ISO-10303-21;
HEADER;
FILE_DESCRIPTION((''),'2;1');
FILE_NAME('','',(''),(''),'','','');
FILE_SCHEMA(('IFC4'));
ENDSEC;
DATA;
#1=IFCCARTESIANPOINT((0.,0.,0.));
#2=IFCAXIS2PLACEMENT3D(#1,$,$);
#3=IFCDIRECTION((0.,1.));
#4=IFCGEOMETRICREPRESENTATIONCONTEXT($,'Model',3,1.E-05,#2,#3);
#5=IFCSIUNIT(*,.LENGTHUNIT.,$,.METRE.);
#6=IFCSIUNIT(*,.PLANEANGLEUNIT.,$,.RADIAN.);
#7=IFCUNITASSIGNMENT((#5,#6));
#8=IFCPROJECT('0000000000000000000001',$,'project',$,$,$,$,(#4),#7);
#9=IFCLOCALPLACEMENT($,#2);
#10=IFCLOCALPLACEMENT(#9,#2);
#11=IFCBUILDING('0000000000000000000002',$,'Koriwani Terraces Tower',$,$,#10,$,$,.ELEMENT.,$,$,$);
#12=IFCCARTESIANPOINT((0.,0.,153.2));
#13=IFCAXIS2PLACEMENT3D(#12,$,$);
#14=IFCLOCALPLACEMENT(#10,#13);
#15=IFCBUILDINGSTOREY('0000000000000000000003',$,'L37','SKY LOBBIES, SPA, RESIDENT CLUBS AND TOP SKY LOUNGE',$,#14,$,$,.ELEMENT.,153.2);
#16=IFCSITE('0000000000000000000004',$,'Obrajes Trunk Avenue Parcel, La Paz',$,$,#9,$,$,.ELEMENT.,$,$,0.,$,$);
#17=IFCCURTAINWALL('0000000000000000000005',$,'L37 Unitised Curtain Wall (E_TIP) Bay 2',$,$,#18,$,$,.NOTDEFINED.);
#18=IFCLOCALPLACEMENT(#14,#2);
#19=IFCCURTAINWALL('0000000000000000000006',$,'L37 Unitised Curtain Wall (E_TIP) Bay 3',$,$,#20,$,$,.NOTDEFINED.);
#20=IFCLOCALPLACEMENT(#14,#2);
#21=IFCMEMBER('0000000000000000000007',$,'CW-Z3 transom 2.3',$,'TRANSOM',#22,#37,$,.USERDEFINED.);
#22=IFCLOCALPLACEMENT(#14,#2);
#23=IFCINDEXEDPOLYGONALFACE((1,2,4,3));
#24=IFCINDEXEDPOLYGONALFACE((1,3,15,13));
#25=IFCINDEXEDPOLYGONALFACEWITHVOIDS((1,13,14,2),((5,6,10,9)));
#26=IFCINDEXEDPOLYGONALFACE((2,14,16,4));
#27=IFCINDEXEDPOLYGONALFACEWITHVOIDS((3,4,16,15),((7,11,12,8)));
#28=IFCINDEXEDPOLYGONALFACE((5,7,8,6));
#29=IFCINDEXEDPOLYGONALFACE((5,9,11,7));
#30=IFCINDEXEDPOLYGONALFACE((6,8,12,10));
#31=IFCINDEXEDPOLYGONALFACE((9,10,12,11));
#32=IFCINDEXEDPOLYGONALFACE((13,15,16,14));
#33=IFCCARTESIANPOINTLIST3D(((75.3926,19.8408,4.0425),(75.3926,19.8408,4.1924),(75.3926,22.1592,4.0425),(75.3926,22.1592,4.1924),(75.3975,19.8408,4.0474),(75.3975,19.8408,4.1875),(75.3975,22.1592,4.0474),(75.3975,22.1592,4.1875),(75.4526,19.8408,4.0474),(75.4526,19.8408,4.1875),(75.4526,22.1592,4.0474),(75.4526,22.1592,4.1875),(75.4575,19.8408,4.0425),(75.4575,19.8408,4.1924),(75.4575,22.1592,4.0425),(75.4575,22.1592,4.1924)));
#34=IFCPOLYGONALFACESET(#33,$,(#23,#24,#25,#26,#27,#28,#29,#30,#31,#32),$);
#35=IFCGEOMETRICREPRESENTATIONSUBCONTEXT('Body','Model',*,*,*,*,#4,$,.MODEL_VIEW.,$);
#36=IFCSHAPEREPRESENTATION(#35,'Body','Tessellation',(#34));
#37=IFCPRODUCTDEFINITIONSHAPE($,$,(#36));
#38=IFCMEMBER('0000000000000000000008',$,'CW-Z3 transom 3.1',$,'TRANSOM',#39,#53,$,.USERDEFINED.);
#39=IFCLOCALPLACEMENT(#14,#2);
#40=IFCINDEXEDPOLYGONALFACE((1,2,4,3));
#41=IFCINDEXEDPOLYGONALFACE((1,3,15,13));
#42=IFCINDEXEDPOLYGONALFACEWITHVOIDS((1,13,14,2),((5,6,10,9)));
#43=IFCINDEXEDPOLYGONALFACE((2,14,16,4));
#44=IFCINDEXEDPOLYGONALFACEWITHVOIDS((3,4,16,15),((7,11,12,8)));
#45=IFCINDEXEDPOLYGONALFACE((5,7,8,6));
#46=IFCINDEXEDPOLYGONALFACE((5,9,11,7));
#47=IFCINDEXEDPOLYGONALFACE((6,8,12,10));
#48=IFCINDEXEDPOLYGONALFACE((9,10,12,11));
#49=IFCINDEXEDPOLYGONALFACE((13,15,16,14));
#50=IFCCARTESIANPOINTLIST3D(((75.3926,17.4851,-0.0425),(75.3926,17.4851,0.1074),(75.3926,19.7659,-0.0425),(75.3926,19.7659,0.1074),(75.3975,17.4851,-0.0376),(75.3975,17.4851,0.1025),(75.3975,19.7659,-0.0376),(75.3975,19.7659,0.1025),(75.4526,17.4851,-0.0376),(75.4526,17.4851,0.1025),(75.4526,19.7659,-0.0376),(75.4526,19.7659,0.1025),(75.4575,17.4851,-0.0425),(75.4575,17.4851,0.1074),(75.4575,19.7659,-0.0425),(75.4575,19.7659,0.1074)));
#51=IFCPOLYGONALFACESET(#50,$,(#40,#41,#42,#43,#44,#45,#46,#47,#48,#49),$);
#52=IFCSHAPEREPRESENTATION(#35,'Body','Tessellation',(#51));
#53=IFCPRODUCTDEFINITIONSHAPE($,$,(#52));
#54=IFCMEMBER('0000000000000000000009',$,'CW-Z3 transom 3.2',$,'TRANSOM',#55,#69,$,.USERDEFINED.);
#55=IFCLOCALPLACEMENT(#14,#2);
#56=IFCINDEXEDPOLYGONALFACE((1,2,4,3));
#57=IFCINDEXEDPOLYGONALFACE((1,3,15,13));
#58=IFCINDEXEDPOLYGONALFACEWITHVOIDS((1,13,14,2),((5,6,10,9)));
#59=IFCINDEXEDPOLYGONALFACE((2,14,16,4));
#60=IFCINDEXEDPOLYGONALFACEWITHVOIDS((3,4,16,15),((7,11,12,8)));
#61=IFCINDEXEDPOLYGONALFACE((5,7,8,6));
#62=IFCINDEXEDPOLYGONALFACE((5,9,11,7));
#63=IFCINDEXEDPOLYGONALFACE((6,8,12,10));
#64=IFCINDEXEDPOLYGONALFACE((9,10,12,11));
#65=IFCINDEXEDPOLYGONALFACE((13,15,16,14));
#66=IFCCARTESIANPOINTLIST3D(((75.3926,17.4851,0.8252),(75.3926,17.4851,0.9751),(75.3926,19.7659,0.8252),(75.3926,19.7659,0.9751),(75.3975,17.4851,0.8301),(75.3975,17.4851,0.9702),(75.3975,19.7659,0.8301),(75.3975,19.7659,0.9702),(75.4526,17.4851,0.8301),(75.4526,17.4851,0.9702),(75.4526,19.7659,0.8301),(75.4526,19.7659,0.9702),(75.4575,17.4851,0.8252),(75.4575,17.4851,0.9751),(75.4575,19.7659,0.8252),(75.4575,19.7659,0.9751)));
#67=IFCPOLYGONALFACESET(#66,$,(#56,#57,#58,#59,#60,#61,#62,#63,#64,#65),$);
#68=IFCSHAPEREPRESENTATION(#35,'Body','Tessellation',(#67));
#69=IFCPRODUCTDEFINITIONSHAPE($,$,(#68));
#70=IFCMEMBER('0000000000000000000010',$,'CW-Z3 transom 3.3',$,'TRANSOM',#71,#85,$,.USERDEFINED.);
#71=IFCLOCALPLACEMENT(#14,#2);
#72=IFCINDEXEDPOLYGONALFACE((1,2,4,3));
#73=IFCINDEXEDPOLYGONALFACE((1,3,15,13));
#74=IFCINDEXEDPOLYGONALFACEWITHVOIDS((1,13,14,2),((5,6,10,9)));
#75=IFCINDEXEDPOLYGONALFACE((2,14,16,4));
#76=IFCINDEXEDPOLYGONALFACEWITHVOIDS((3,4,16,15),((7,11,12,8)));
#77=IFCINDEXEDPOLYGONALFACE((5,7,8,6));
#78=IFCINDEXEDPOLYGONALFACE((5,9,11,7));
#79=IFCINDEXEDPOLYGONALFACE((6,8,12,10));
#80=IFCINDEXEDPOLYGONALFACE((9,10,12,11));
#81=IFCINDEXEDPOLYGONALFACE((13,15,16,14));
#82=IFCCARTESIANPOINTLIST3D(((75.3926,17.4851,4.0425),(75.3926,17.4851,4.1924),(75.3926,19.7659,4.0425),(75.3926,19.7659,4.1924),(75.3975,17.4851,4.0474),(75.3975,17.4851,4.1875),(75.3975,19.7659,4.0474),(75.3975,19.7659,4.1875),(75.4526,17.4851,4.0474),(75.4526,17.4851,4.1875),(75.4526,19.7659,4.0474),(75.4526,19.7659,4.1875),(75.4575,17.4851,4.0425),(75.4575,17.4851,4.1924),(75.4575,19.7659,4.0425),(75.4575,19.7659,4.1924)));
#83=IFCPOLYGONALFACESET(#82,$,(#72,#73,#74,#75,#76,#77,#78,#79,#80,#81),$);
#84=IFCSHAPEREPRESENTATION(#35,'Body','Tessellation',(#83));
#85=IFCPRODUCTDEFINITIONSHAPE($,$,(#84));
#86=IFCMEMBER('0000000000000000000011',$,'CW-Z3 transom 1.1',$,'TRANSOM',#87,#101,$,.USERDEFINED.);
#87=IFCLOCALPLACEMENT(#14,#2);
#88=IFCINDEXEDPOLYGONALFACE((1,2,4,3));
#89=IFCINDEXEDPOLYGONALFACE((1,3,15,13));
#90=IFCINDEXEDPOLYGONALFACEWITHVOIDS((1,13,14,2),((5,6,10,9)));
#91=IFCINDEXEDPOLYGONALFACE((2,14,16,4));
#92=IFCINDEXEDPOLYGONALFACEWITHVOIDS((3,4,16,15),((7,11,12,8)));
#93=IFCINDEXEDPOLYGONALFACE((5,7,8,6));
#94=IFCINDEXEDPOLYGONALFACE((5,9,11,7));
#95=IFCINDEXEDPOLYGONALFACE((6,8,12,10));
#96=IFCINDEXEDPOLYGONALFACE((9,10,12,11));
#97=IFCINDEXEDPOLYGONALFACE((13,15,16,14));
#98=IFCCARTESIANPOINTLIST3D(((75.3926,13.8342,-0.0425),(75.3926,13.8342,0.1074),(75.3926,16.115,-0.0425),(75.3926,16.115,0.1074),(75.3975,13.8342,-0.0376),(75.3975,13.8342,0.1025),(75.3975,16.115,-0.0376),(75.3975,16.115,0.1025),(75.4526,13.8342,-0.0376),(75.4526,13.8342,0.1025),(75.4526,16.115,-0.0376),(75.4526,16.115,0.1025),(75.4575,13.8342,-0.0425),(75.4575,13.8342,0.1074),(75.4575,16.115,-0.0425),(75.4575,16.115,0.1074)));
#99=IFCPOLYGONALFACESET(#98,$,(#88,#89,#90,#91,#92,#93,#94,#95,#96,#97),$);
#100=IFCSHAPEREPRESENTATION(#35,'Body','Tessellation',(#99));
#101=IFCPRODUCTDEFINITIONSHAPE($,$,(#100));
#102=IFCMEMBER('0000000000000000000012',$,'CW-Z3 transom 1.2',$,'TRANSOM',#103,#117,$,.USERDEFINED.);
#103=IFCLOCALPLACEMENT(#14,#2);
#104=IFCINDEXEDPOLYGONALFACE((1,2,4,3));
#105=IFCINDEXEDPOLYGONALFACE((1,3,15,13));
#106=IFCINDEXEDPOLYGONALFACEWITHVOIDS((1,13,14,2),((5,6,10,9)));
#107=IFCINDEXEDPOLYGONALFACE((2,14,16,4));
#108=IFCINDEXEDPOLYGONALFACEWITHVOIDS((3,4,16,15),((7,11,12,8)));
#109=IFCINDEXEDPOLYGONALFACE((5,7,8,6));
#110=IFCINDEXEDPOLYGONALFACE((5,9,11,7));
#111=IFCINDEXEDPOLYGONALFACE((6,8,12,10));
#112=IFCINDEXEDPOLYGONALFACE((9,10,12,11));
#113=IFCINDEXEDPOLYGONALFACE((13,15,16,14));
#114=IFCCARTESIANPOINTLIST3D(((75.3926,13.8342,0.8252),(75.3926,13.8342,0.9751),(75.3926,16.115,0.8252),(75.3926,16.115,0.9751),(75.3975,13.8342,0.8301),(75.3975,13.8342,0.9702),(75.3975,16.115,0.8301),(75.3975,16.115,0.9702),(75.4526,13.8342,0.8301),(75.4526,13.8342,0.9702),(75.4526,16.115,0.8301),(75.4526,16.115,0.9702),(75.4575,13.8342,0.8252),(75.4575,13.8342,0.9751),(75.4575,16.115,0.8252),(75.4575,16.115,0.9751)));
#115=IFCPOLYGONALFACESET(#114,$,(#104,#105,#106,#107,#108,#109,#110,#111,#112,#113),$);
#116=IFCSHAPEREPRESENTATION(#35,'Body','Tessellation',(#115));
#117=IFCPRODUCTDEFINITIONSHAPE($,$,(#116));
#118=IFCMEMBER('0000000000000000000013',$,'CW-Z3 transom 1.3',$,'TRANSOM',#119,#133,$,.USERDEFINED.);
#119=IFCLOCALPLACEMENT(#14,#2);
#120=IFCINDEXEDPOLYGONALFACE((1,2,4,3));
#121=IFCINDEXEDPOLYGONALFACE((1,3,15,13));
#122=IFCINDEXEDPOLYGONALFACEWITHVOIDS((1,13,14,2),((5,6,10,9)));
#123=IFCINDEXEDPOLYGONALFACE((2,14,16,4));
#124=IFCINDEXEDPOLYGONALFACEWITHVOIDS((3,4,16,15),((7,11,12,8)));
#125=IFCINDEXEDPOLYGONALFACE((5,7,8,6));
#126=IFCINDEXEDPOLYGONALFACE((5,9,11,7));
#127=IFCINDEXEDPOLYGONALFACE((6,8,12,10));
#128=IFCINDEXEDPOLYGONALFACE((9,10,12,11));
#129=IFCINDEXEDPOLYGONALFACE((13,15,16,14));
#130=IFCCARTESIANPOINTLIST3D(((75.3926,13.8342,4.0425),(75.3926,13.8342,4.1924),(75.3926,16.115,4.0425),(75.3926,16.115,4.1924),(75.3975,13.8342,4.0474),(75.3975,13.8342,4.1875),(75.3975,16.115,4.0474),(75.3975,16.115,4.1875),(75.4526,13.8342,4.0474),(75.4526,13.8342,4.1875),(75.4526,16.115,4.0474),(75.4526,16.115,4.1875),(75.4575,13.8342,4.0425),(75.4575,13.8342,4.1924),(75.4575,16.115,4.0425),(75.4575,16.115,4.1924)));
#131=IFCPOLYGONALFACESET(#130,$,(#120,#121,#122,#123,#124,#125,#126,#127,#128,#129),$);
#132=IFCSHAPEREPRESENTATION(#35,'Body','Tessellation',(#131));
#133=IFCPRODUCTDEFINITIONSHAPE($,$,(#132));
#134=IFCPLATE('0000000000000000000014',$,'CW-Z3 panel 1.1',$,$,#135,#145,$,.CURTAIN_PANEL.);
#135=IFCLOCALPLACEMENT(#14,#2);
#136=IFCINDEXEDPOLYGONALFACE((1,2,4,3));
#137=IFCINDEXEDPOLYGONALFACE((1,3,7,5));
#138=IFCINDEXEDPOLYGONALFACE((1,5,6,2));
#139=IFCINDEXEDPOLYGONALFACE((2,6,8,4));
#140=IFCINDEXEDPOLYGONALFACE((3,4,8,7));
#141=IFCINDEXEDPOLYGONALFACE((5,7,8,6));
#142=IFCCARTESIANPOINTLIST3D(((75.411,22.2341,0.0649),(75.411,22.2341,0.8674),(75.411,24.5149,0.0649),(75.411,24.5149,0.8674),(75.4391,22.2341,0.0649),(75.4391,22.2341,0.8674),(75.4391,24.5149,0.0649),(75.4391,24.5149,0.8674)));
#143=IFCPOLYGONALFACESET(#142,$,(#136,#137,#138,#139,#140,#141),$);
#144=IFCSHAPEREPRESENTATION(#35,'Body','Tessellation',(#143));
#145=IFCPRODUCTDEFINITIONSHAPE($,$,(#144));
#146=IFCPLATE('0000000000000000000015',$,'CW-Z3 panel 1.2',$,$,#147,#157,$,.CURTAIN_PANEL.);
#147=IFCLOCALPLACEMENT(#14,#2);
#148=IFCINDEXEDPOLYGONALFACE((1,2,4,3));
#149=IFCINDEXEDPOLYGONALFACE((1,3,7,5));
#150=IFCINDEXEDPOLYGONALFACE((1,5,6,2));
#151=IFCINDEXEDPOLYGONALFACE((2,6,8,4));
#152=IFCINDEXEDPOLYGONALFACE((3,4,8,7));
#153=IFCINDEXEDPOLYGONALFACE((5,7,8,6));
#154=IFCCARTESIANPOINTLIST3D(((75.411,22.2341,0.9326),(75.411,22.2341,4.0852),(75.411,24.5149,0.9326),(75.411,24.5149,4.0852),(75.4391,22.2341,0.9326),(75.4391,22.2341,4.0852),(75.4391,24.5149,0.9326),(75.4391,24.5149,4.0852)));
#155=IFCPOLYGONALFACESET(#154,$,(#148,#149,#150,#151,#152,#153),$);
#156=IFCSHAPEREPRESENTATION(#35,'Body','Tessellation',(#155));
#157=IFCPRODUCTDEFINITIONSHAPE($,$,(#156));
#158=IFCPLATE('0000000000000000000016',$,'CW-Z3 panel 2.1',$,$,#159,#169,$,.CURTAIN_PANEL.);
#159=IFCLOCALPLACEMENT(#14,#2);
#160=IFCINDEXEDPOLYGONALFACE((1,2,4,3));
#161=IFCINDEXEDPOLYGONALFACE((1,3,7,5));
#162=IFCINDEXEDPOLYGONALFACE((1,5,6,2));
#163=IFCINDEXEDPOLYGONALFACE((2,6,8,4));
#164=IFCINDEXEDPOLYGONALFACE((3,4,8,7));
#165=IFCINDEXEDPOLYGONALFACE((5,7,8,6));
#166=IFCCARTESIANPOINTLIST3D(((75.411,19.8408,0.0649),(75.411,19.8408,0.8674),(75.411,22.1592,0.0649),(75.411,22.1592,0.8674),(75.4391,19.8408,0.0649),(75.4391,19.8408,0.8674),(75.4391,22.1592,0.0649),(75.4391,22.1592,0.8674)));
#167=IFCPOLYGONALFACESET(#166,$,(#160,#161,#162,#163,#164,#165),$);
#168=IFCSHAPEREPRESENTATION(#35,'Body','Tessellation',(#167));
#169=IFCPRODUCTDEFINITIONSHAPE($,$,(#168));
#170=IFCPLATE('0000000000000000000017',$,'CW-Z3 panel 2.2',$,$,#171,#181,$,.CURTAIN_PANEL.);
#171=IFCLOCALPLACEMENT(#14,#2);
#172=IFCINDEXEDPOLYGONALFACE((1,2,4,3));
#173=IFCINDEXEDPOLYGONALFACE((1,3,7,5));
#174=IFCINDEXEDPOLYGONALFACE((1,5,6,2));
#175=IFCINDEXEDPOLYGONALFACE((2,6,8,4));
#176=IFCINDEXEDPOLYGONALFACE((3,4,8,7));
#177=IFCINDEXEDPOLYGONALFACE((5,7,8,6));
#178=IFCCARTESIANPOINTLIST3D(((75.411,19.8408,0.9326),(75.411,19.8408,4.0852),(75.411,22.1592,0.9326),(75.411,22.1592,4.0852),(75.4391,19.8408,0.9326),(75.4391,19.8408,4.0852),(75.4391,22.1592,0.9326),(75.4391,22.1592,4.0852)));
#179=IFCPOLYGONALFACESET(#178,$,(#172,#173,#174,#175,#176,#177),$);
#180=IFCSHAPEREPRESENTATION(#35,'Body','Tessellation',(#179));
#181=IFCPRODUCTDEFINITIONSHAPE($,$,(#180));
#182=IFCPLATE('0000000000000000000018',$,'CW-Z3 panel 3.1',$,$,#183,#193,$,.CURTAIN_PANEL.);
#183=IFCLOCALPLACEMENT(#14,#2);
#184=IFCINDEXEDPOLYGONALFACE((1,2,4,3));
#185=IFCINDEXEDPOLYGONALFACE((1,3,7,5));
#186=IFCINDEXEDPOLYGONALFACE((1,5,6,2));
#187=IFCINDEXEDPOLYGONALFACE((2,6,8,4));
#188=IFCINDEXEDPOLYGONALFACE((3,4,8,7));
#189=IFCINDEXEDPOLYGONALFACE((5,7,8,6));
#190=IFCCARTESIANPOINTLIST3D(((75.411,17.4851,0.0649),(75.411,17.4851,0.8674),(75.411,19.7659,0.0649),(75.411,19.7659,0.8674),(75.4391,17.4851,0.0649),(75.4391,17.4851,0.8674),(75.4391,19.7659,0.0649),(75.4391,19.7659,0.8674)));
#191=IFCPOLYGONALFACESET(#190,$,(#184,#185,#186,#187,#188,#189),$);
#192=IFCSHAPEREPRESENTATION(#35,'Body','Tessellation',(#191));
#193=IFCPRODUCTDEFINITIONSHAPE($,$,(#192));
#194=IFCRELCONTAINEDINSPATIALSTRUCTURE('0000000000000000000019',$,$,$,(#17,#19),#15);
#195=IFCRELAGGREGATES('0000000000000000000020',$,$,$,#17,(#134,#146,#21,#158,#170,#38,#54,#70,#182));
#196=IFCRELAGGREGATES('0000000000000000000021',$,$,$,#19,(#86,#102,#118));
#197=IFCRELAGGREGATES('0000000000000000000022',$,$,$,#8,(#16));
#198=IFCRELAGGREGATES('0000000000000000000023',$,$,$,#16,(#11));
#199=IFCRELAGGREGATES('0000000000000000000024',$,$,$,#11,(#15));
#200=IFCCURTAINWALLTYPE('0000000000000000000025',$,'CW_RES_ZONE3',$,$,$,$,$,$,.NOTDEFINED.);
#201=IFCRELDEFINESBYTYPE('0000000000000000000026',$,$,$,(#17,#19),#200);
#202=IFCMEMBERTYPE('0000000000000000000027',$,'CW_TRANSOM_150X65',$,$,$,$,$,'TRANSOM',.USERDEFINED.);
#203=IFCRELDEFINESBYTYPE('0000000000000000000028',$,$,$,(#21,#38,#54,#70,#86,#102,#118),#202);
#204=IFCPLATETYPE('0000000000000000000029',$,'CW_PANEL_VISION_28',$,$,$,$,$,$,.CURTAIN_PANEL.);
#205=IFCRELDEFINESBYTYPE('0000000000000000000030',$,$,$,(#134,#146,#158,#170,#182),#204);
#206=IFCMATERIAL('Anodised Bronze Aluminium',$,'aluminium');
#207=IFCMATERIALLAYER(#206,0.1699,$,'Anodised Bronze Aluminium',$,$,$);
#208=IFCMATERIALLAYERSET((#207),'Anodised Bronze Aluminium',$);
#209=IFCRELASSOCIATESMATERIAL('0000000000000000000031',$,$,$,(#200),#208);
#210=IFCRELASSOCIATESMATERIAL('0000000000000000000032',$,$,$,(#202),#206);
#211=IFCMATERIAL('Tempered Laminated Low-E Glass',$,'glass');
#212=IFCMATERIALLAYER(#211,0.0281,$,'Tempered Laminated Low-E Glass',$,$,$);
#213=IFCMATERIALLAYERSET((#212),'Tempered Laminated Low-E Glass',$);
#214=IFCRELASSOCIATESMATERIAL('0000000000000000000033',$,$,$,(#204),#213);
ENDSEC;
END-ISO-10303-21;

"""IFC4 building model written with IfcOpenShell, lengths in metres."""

from ifc_helpers import new_model, si_unit, direction, frame, origin, origin_2d, place, context, subcontext, project, spatial, rectangle, hollow_rectangle, extrude, material, layer, layer_set, material_profile, profile_set, type_object, element, aggregate, save


model = new_model("IFC4")

# Units and contexts
model_context = context("Model", 3, precision=1e-05, world=origin(), true_north=direction((0.0, 1.0)))
body_context = subcontext(model_context, "Body", "Model", "MODEL_VIEW")
ifc_project = project(units=[si_unit("LENGTHUNIT", "METRE"), si_unit("PLANEANGLEUNIT", "RADIAN")], contexts=[model_context])

# Site, building, storey
site_placement = place(None, origin())
site = spatial("IfcSite", under=ifc_project, at=site_placement, Name="Obrajes Trunk Avenue Parcel, La Paz", CompositionType="ELEMENT", RefElevation=0.0)
building_placement = place(site_placement, origin())
building = spatial("IfcBuilding", under=site, at=building_placement, Name="Koriwani Terraces Tower", CompositionType="ELEMENT")
storey_placement = place(building_placement, frame((0.0, 0.0, 153.2)))
storey = spatial("IfcBuildingStorey", under=building, at=storey_placement, Name="L37", Description="SKY LOBBIES, SPA, RESIDENT CLUBS AND TOP SKY LOUNGE", CompositionType="ELEMENT", Elevation=153.2)

# Curtain wall
ifc_material_1 = material(Name="Anodised Bronze Aluminium", Category="aluminium")
ifc_layer_1 = layer(ifc_material_1, 0.1699, Name="Anodised Bronze Aluminium")
ifc_layer_set_1 = layer_set([ifc_layer_1], Name="Anodised Bronze Aluminium")
curtain_wall_type = type_object("IfcCurtainWallType", Name="CW_RES_ZONE3", PredefinedType="NOTDEFINED", material=ifc_layer_set_1)
curtain_wall_1_placement = place(storey_placement, origin())
curtain_wall_1 = element("IfcCurtainWall", 1, at=curtain_wall_1_placement, inside=storey, type_object=curtain_wall_type, Name="L37 Unitised Curtain Wall (E_TIP) Bay 2", PredefinedType="NOTDEFINED")

# Curtain wall
curtain_wall_2_placement = place(storey_placement, origin())
curtain_wall_2 = element("IfcCurtainWall", 2, at=curtain_wall_2_placement, inside=storey, type_object=curtain_wall_type, Name="L37 Unitised Curtain Wall (E_TIP) Bay 3", PredefinedType="NOTDEFINED")

# Members
ifc_material_profile_1 = material_profile(ifc_material_1, hollow_rectangle(XDim=0.0649, YDim=0.1499, WallThickness=0.0049, at=origin_2d()), Name="Anodised Bronze Aluminium", Category="LoadBearing")
ifc_profile_set_1 = profile_set([ifc_material_profile_1], Name="Anodised Bronze Aluminium")
member_type_1 = type_object("IfcMemberType", Name="CW_TRANSOM_150X65", ElementType="TRANSOM", PredefinedType="USERDEFINED", material=ifc_profile_set_1)
member_1_placement = place(storey_placement, frame((75.425, 22.1592, 4.1174), z_axis=(0.0, -1.0, 0.0), x_axis=(1.0, 0.0, 0.0)))
member_1 = element("IfcMember", 3, at=member_1_placement, type_object=member_type_1, Name="CW-Z3 transom 2.3", ObjectType="TRANSOM", PredefinedType="USERDEFINED", context=body_context, shape_type="SweptSolid", body=[
    extrude(hollow_rectangle(XDim=0.0649, YDim=0.1499, WallThickness=0.0049, at=origin_2d()), origin(), (0.0, 0.0, 1.0), 2.3184),
])
member_2_placement = place(storey_placement, frame((75.425, 19.7659, 0.0325), z_axis=(0.0, -1.0, 0.0), x_axis=(1.0, 0.0, 0.0)))
member_2 = element("IfcMember", 4, at=member_2_placement, type_object=member_type_1, Name="CW-Z3 transom 3.1", ObjectType="TRANSOM", PredefinedType="USERDEFINED", context=body_context, shape_type="SweptSolid", body=[
    extrude(hollow_rectangle(XDim=0.0649, YDim=0.1499, WallThickness=0.0049, at=origin_2d()), origin(), (0.0, 0.0, 1.0), 2.2808),
])
member_3_placement = place(storey_placement, frame((75.425, 19.7659, 0.9001), z_axis=(0.0, -1.0, 0.0), x_axis=(1.0, 0.0, 0.0)))
member_3 = element("IfcMember", 5, at=member_3_placement, type_object=member_type_1, Name="CW-Z3 transom 3.2", ObjectType="TRANSOM", PredefinedType="USERDEFINED", context=body_context, shape_type="SweptSolid", body=[
    extrude(hollow_rectangle(XDim=0.0649, YDim=0.1499, WallThickness=0.0049, at=origin_2d()), origin(), (0.0, 0.0, 1.0), 2.2808),
])
member_4_placement = place(storey_placement, frame((75.425, 19.7659, 4.1174), z_axis=(0.0, -1.0, 0.0), x_axis=(1.0, 0.0, 0.0)))
member_4 = element("IfcMember", 6, at=member_4_placement, type_object=member_type_1, Name="CW-Z3 transom 3.3", ObjectType="TRANSOM", PredefinedType="USERDEFINED", context=body_context, shape_type="SweptSolid", body=[
    extrude(hollow_rectangle(XDim=0.0649, YDim=0.1499, WallThickness=0.0049, at=origin_2d()), origin(), (0.0, 0.0, 1.0), 2.2808),
])
member_5_placement = place(storey_placement, frame((75.425, 16.115, 0.0325), z_axis=(0.0, -1.0, 0.0), x_axis=(1.0, 0.0, 0.0)))
member_5 = element("IfcMember", 7, at=member_5_placement, type_object=member_type_1, Name="CW-Z3 transom 1.1", ObjectType="TRANSOM", PredefinedType="USERDEFINED", context=body_context, shape_type="SweptSolid", body=[
    extrude(hollow_rectangle(XDim=0.0649, YDim=0.1499, WallThickness=0.0049, at=origin_2d()), origin(), (0.0, 0.0, 1.0), 2.2808),
])
member_6_placement = place(storey_placement, frame((75.425, 16.115, 0.9001), z_axis=(0.0, -1.0, 0.0), x_axis=(1.0, 0.0, 0.0)))
member_6 = element("IfcMember", 8, at=member_6_placement, type_object=member_type_1, Name="CW-Z3 transom 1.2", ObjectType="TRANSOM", PredefinedType="USERDEFINED", context=body_context, shape_type="SweptSolid", body=[
    extrude(hollow_rectangle(XDim=0.0649, YDim=0.1499, WallThickness=0.0049, at=origin_2d()), origin(), (0.0, 0.0, 1.0), 2.2808),
])
member_7_placement = place(storey_placement, frame((75.425, 16.115, 4.1174), z_axis=(0.0, -1.0, 0.0), x_axis=(1.0, 0.0, 0.0)))
member_7 = element("IfcMember", 9, at=member_7_placement, type_object=member_type_1, Name="CW-Z3 transom 1.3", ObjectType="TRANSOM", PredefinedType="USERDEFINED", context=body_context, shape_type="SweptSolid", body=[
    extrude(hollow_rectangle(XDim=0.0649, YDim=0.1499, WallThickness=0.0049, at=origin_2d()), origin(), (0.0, 0.0, 1.0), 2.2808),
])

# Plates
ifc_material_2 = material(Name="Tempered Laminated Low-E Glass", Category="glass")
ifc_layer_2 = layer(ifc_material_2, 0.0281, Name="Tempered Laminated Low-E Glass")
ifc_layer_set_2 = layer_set([ifc_layer_2], Name="Tempered Laminated Low-E Glass")
plate_type = type_object("IfcPlateType", Name="CW_PANEL_VISION_28", PredefinedType="CURTAIN_PANEL", material=ifc_layer_set_2)
plate_1_placement = place(storey_placement, frame((75.425, 23.3745, 0.0649), z_axis=(0.0, 0.0, 1.0), x_axis=(0.0, -1.0, 0.0)))
plate_1 = element("IfcPlate", 10, at=plate_1_placement, type_object=plate_type, Name="CW-Z3 panel 1.1", PredefinedType="CURTAIN_PANEL", context=body_context, shape_type="SweptSolid", body=[
    extrude(rectangle(XDim=2.2808, YDim=0.0281, at=origin_2d()), origin(), (0.0, 0.0, 1.0), 0.8025),
])
plate_2_placement = place(storey_placement, frame((75.425, 23.3745, 0.9326), z_axis=(0.0, 0.0, 1.0), x_axis=(0.0, -1.0, 0.0)))
plate_2 = element("IfcPlate", 11, at=plate_2_placement, type_object=plate_type, Name="CW-Z3 panel 1.2", PredefinedType="CURTAIN_PANEL", context=body_context, shape_type="SweptSolid", body=[
    extrude(rectangle(XDim=2.2808, YDim=0.0281, at=origin_2d()), origin(), (0.0, 0.0, 1.0), 3.1526),
])
plate_3_placement = place(storey_placement, frame((75.425, 21.0, 0.0649), z_axis=(0.0, 0.0, 1.0), x_axis=(0.0, -1.0, 0.0)))
plate_3 = element("IfcPlate", 12, at=plate_3_placement, type_object=plate_type, Name="CW-Z3 panel 2.1", PredefinedType="CURTAIN_PANEL", context=body_context, shape_type="SweptSolid", body=[
    extrude(rectangle(XDim=2.3184, YDim=0.0281, at=origin_2d()), origin(), (0.0, 0.0, 1.0), 0.8025),
])
plate_4_placement = place(storey_placement, frame((75.425, 21.0, 0.9326), z_axis=(0.0, 0.0, 1.0), x_axis=(0.0, -1.0, 0.0)))
plate_4 = element("IfcPlate", 13, at=plate_4_placement, type_object=plate_type, Name="CW-Z3 panel 2.2", PredefinedType="CURTAIN_PANEL", context=body_context, shape_type="SweptSolid", body=[
    extrude(rectangle(XDim=2.3184, YDim=0.0281, at=origin_2d()), origin(), (0.0, 0.0, 1.0), 3.1526),
])
plate_5_placement = place(storey_placement, frame((75.425, 18.6255, 0.0649), z_axis=(0.0, 0.0, 1.0), x_axis=(0.0, -1.0, 0.0)))
plate_5 = element("IfcPlate", 14, at=plate_5_placement, type_object=plate_type, Name="CW-Z3 panel 3.1", PredefinedType="CURTAIN_PANEL", context=body_context, shape_type="SweptSolid", body=[
    extrude(rectangle(XDim=2.2808, YDim=0.0281, at=origin_2d()), origin(), (0.0, 0.0, 1.0), 0.8025),
])
aggregate(curtain_wall_1, [plate_1, plate_2, member_1, plate_3, plate_4, member_2, member_3, member_4, plate_5])
aggregate(curtain_wall_2, [member_5, member_6, member_7])

save(model, "model.ifc")
